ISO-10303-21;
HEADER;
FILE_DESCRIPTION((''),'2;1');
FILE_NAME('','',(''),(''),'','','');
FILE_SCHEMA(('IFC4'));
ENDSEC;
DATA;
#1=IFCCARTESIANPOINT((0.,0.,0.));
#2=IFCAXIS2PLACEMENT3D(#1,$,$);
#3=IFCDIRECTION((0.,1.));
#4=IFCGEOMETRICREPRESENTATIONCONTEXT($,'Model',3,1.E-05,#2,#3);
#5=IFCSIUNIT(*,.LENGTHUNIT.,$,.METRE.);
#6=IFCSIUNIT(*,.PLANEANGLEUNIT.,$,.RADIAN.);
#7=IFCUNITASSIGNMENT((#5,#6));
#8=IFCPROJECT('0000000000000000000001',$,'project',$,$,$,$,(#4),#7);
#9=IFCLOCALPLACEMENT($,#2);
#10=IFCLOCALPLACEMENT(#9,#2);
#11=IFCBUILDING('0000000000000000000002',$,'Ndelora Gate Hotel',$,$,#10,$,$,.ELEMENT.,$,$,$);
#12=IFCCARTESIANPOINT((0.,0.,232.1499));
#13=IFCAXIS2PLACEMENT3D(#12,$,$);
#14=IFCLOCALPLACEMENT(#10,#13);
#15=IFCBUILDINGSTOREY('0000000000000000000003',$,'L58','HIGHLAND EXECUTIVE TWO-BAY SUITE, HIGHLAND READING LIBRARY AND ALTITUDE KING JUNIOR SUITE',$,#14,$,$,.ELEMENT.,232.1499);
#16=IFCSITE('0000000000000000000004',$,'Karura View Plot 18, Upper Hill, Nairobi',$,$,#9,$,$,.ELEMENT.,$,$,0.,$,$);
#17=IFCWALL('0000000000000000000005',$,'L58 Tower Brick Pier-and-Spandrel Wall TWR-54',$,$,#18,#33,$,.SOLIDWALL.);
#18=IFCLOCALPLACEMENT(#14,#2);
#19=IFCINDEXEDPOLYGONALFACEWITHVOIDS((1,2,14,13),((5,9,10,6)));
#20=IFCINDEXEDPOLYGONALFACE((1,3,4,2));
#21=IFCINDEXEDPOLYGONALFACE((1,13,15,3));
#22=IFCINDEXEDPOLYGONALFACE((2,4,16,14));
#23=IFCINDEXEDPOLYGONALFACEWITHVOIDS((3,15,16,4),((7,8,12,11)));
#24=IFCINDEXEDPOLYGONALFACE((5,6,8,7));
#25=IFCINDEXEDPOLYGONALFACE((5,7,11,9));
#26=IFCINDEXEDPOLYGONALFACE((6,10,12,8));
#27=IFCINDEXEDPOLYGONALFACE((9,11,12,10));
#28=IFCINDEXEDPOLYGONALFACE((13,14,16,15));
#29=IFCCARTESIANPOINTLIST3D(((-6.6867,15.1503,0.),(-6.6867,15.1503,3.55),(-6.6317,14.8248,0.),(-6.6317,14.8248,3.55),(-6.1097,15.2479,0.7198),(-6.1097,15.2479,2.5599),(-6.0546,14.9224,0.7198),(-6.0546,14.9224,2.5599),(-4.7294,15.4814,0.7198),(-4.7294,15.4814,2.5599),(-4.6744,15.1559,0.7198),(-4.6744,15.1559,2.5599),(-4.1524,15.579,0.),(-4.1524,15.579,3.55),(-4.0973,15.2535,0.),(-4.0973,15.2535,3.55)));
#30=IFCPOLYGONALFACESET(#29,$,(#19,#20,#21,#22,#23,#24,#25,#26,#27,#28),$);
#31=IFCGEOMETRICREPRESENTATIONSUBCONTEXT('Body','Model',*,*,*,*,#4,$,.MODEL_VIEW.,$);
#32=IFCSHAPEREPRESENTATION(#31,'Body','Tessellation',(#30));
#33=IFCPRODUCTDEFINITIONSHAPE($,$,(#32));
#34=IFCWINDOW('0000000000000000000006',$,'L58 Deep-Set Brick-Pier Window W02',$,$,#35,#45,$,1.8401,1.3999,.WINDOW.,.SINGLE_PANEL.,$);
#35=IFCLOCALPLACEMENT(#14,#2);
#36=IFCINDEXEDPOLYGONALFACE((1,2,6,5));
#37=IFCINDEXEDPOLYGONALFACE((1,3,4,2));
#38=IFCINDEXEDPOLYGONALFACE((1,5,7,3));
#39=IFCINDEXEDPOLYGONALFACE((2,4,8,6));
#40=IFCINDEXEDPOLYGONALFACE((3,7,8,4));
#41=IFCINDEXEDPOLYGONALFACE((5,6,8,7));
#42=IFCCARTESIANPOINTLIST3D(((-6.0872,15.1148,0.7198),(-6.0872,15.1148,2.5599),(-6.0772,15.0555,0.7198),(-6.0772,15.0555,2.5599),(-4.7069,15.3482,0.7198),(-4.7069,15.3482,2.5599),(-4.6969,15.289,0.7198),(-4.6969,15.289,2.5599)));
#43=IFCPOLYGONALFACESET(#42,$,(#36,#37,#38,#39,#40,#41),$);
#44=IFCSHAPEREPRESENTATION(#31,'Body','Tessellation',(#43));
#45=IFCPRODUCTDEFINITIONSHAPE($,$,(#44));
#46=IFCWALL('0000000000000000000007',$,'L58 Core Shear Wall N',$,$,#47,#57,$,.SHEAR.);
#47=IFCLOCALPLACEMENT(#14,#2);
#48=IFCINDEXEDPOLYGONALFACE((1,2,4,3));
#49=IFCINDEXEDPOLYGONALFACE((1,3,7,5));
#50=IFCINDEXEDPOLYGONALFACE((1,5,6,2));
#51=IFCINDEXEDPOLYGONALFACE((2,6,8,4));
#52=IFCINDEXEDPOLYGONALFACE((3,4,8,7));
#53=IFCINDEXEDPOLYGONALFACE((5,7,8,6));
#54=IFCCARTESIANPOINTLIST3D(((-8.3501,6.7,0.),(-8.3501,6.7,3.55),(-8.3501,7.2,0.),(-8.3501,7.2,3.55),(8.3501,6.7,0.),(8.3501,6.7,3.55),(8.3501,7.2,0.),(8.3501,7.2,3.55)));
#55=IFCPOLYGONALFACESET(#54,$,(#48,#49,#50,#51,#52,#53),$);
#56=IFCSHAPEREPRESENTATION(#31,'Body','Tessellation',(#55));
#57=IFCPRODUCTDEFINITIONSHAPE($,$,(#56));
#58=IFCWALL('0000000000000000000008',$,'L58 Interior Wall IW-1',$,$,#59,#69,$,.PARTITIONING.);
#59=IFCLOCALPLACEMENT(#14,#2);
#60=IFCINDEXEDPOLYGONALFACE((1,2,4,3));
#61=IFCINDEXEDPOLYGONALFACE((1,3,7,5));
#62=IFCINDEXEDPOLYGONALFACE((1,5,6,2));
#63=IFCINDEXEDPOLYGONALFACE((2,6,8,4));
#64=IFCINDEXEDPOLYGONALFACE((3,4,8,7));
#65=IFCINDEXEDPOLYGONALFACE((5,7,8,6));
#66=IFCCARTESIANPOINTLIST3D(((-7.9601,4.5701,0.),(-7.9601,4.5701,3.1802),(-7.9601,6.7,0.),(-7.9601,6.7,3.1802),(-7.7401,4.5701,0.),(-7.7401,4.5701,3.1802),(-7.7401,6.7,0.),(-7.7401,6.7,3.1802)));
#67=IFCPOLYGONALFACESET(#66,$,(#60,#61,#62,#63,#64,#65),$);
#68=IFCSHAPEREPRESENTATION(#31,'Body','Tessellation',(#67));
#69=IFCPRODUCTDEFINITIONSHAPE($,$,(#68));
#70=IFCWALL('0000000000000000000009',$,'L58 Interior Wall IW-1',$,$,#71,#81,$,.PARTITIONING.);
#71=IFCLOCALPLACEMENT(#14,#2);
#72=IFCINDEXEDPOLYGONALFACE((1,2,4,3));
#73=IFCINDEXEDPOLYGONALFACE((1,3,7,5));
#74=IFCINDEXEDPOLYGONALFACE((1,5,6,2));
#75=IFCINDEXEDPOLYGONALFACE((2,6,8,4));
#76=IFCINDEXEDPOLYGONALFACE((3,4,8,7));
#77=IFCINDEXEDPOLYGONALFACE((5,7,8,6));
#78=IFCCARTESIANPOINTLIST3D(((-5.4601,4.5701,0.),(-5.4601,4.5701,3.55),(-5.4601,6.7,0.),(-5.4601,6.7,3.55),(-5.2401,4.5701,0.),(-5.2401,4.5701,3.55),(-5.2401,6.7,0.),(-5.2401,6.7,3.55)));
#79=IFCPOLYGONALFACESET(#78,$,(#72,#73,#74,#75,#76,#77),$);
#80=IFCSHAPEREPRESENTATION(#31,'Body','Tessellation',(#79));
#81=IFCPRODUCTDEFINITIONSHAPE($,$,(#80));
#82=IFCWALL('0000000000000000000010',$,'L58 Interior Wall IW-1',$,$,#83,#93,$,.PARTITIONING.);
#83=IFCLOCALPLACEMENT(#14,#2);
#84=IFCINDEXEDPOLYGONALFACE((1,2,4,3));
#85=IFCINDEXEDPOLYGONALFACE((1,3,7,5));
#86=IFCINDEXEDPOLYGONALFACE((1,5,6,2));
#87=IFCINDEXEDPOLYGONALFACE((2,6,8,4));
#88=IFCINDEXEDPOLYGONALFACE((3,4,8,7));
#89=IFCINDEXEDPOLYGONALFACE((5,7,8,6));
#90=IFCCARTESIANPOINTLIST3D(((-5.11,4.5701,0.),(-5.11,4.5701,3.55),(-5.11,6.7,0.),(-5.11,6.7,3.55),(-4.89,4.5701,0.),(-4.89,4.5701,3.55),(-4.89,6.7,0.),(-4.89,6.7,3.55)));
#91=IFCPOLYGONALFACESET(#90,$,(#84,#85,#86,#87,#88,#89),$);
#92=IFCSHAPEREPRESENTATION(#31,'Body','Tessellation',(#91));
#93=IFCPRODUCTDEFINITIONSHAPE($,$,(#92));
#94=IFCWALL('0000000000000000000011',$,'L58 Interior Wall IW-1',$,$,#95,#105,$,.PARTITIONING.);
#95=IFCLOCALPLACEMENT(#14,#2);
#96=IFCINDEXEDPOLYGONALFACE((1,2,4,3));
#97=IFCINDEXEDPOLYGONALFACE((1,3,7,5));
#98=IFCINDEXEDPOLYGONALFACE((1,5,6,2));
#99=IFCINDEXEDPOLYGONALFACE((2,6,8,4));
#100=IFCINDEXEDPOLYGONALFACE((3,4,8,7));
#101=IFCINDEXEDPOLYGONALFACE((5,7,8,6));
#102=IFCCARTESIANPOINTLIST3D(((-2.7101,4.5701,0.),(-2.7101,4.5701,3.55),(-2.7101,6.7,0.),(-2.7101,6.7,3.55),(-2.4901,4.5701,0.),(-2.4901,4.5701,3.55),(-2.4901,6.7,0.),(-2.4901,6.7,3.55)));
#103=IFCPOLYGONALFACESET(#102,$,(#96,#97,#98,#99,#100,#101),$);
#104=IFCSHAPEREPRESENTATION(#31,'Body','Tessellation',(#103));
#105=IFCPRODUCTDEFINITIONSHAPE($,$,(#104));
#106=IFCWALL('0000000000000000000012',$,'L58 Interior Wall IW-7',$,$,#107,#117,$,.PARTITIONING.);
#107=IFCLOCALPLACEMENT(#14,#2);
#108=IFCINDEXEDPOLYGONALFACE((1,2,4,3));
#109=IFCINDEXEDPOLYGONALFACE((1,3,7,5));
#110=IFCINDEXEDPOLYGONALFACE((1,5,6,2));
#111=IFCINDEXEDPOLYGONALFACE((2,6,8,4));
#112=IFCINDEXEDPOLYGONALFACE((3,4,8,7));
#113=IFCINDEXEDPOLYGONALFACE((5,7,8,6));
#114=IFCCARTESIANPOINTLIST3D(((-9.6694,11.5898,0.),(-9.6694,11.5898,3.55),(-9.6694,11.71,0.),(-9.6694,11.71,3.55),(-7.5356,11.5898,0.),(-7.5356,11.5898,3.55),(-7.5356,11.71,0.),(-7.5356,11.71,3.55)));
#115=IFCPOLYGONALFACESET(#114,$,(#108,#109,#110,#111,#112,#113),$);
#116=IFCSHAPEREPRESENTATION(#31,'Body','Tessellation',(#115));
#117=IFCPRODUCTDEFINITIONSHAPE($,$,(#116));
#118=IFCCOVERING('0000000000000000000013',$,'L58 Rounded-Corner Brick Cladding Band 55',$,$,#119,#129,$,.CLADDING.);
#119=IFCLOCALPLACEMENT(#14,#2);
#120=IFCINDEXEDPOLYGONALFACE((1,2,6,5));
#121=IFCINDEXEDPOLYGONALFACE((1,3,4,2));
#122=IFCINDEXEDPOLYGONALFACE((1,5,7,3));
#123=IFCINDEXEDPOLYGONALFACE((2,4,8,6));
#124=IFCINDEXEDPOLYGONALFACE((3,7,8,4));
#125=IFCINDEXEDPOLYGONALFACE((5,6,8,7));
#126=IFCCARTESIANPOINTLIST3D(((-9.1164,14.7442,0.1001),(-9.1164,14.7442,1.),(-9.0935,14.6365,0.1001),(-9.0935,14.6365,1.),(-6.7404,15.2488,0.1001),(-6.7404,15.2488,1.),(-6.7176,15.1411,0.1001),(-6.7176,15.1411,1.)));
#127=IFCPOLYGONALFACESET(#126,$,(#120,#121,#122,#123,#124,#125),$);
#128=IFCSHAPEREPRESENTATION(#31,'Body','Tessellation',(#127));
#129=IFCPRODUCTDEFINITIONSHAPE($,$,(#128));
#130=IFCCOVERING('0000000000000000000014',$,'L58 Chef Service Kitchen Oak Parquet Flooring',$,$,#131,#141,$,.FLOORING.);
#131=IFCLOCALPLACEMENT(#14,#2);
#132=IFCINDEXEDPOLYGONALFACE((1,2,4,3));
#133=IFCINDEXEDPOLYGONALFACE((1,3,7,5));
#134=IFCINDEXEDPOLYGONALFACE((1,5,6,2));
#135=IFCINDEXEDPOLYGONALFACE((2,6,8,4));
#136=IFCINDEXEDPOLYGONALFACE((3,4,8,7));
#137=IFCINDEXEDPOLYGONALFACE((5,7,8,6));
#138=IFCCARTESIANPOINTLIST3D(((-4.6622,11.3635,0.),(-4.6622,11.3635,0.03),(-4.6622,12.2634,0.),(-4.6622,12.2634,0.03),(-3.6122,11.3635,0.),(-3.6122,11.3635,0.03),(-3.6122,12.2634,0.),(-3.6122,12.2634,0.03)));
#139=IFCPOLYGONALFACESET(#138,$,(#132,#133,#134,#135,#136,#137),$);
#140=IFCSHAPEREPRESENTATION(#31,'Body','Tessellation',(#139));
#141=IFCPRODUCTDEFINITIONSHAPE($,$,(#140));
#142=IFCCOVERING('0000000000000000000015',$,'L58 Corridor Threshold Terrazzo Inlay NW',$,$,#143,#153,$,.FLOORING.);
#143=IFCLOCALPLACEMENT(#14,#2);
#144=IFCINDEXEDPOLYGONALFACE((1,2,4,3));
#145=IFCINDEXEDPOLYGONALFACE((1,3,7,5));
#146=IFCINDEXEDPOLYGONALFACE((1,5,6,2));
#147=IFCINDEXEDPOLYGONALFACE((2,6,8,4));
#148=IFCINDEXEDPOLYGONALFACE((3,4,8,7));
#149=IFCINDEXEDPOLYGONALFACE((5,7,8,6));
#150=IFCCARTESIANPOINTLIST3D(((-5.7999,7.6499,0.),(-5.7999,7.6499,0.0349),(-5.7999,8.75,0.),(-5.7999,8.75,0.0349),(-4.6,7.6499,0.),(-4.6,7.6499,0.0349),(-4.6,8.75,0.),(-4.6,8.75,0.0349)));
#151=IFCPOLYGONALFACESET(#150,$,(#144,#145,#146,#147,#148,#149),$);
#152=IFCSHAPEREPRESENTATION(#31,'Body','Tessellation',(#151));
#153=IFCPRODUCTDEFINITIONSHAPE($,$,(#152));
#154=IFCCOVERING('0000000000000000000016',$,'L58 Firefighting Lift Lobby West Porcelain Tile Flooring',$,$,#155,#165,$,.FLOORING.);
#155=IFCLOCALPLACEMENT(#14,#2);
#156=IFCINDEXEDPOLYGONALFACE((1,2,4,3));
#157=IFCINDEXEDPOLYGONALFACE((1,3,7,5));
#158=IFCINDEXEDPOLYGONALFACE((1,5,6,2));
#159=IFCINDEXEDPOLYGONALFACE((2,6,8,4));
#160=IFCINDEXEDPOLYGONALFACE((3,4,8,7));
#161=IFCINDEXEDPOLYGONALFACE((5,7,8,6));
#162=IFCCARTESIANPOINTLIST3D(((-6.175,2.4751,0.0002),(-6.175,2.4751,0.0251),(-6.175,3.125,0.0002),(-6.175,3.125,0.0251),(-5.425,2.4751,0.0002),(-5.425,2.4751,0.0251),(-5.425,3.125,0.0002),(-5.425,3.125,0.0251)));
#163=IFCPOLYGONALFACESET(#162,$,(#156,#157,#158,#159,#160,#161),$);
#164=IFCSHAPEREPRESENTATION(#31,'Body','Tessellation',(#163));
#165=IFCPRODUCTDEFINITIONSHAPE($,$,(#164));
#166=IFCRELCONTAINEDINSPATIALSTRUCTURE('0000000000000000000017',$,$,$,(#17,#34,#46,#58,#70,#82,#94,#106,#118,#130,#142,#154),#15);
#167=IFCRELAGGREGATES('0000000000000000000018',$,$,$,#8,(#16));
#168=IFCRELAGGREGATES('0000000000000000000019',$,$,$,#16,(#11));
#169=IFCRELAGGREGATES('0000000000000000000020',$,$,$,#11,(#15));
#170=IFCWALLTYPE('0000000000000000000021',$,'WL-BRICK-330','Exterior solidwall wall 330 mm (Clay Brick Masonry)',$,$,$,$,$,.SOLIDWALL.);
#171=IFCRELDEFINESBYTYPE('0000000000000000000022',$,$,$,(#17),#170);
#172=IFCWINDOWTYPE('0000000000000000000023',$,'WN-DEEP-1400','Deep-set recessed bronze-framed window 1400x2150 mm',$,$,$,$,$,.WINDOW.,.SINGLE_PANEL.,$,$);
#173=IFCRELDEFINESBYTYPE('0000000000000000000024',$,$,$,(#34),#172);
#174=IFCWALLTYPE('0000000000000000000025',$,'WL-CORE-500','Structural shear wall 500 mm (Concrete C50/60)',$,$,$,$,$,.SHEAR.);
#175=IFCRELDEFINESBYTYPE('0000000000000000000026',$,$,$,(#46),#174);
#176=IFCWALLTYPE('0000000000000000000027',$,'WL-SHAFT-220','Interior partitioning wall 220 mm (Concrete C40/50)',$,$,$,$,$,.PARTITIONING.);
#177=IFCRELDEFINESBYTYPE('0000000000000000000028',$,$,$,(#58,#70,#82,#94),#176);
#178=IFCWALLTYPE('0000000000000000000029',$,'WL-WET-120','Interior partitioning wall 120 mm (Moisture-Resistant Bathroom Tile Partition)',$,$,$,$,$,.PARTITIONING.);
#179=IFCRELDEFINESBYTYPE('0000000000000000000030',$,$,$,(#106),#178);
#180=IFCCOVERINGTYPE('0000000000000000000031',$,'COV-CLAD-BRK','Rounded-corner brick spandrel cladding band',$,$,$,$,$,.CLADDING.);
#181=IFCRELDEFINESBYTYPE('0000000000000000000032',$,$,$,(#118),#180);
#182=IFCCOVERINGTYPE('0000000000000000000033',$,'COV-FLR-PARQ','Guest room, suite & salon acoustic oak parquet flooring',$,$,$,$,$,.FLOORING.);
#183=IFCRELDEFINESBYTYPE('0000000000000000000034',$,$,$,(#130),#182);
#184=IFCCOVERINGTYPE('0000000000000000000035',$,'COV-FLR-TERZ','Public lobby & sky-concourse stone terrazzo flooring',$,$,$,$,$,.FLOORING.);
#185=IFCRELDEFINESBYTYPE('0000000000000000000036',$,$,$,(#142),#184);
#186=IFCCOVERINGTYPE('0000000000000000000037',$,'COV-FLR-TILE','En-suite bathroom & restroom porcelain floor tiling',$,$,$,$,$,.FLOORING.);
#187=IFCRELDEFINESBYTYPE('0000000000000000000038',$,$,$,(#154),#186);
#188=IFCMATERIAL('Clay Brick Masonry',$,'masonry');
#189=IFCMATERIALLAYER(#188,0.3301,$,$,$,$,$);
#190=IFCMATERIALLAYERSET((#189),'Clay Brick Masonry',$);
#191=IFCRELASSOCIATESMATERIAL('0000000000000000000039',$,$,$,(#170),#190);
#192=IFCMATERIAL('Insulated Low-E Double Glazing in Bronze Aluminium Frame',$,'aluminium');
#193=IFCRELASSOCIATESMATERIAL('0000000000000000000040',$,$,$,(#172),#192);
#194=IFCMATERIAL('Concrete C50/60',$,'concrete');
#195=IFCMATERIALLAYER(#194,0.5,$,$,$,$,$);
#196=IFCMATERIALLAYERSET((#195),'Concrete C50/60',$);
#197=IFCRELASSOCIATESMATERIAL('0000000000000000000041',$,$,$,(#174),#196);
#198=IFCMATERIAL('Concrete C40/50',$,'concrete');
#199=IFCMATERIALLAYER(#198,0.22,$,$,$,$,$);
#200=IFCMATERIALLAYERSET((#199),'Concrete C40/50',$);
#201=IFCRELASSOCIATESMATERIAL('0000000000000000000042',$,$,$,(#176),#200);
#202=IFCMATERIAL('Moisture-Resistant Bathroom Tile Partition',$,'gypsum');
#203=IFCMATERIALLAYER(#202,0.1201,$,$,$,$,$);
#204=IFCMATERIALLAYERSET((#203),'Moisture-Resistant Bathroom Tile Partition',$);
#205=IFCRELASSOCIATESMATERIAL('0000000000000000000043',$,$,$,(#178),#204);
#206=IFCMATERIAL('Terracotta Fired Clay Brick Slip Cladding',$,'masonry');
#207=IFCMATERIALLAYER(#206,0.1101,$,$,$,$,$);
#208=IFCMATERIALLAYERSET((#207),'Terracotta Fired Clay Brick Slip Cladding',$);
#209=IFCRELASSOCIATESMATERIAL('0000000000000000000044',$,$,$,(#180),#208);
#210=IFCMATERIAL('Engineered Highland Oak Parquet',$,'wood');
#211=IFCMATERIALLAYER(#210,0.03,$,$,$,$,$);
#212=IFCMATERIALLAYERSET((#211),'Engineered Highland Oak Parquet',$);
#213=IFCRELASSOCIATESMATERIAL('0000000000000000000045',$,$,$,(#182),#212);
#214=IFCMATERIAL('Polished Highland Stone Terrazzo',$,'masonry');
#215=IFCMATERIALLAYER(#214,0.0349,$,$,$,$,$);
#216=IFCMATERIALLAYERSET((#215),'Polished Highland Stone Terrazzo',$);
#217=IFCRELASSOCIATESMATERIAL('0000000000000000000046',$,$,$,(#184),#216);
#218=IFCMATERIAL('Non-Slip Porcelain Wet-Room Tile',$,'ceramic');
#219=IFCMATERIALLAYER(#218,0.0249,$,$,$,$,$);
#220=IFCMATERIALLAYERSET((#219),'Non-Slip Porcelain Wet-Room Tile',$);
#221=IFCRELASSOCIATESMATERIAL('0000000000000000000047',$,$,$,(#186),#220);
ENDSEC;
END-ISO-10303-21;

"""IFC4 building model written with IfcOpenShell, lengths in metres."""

from ifc_helpers import new_model, si_unit, direction, frame, frame_2d, origin, origin_2d, place, context, subcontext, project, spatial, rectangle, extrude, material, layer, layer_set, type_object, element, fill, save


model = new_model("IFC4")

# Units and contexts
model_context = context("Model", 3, precision=1e-05, world=origin(), true_north=direction((0.0, 1.0)))
body_context = subcontext(model_context, "Body", "Model", "MODEL_VIEW")
ifc_project = project(units=[si_unit("LENGTHUNIT", "METRE"), si_unit("PLANEANGLEUNIT", "RADIAN")], contexts=[model_context])

# Site, building, storey
site_placement = place(None, origin())
site = spatial("IfcSite", under=ifc_project, at=site_placement, Name="Karura View Plot 18, Upper Hill, Nairobi", CompositionType="ELEMENT", RefElevation=0.0)
building_placement = place(site_placement, origin())
building = spatial("IfcBuilding", under=site, at=building_placement, Name="Ndelora Gate Hotel", CompositionType="ELEMENT")
storey_placement = place(building_placement, frame((0.0, 0.0, 232.1499)))
storey = spatial("IfcBuildingStorey", under=building, at=storey_placement, Name="L58", Description="HIGHLAND EXECUTIVE TWO-BAY SUITE, HIGHLAND READING LIBRARY AND ALTITUDE KING JUNIOR SUITE", CompositionType="ELEMENT", Elevation=232.1499)

# Shared definitions
ifc_material_1 = material(Name="Concrete C50/60", Category="concrete")

# Wall, opening, window
ifc_material_2 = material(Name="Clay Brick Masonry", Category="masonry")
ifc_layer_1 = layer(ifc_material_2, 0.3301)
ifc_layer_set_1 = layer_set([ifc_layer_1], Name="Clay Brick Masonry")
wall_type_1 = type_object("IfcWallType", Name="WL-BRICK-330", Description="Exterior solidwall wall 330 mm (Clay Brick Masonry)", PredefinedType="SOLIDWALL", material=ifc_layer_set_1)
ifc_material_3 = material(Name="Insulated Low-E Double Glazing in Bronze Aluminium Frame", Category="aluminium")
window_type = type_object("IfcWindowType", Name="WN-DEEP-1400", Description="Deep-set recessed bronze-framed window 1400x2150 mm", PartitioningType="SINGLE_PANEL", PredefinedType="WINDOW", material=ifc_material_3)
wall_1_placement = place(storey_placement, frame((-6.6592, 14.9875, 0.0), z_axis=(0.0, 0.0, 1.0), x_axis=(0.985993, 0.166786, 0.0)))
wall_1 = element("IfcWall", 1, at=wall_1_placement, inside=storey, type_object=wall_type_1, Name="L58 Tower Brick Pier-and-Spandrel Wall TWR-54", PredefinedType="SOLIDWALL", context=body_context, shape_type="SweptSolid", body=[
    extrude(rectangle(XDim=2.5703, YDim=0.3301, at=frame_2d((1.2852, 0.0))), origin(), (0.0, 0.0, 1.0), 3.55),
])
opening_1_placement = place(wall_1_placement, frame((0.5852, 0.0, 0.72)))
opening_1 = element("IfcOpeningElement", 2, at=opening_1_placement, cuts=wall_1, PredefinedType="OPENING", context=body_context, shape_type="SweptSolid", body=[
    extrude(rectangle(XDim=1.3999, YDim=1.8401, at=frame_2d((0.7, 0.9199))), frame((0.0, 0.175, 0.0), z_axis=(0.0, -1.0, 0.0), x_axis=(1.0, 0.0, 0.0)), (0.0, 0.0, 1.0), 0.3501),
])
window_1_placement = place(opening_1_placement, origin())
window_1 = element("IfcWindow", 3, at=window_1_placement, inside=storey, type_object=window_type, Name="L58 Deep-Set Brick-Pier Window W02", OverallHeight=1.8401, OverallWidth=1.3999, PartitioningType="SINGLE_PANEL", PredefinedType="WINDOW", context=body_context, shape_type="SweptSolid", body=[
    extrude(rectangle(XDim=1.3999, YDim=1.8401, at=frame_2d((0.7, 0.9199))), frame((0.0, 0.03, 0.0), z_axis=(0.0, -1.0, 0.0), x_axis=(1.0, 0.0, 0.0)), (0.0, 0.0, 1.0), 0.0601),
])
fill(opening_1, window_1)

# Wall
ifc_layer_2 = layer(ifc_material_1, 0.5)
ifc_layer_set_2 = layer_set([ifc_layer_2], Name="Concrete C50/60")
wall_type_2 = type_object("IfcWallType", Name="WL-CORE-500", Description="Structural shear wall 500 mm (Concrete C50/60)", PredefinedType="SHEAR", material=ifc_layer_set_2)
wall_2_placement = place(storey_placement, frame((-8.3501, 6.95, 0.0), z_axis=(0.0, 0.0, 1.0), x_axis=(1.0, 0.0, 0.0)))
element("IfcWall", 4, at=wall_2_placement, inside=storey, type_object=wall_type_2, Name="L58 Core Shear Wall N", PredefinedType="SHEAR", context=body_context, shape_type="SweptSolid", body=[
    extrude(rectangle(XDim=16.7002, YDim=0.5, at=frame_2d((8.3501, 0.0))), origin(), (0.0, 0.0, 1.0), 3.55),
])

# Shared definitions
ifc_material_4 = material(Name="Concrete C40/50", Category="concrete")
ifc_layer_3 = layer(ifc_material_4, 0.22)
ifc_layer_set_3 = layer_set([ifc_layer_3], Name="Concrete C40/50")
wall_type_3 = type_object("IfcWallType", Name="WL-SHAFT-220", Description="Interior partitioning wall 220 mm (Concrete C40/50)", PredefinedType="PARTITIONING", material=ifc_layer_set_3)

# Walls
wall_3_placement = place(storey_placement, frame((-7.8501, 4.5701, 0.0), z_axis=(0.0, 0.0, 1.0), x_axis=(0.0, 1.0, 0.0)))
element("IfcWall", 5, at=wall_3_placement, inside=storey, type_object=wall_type_3, Name="L58 Interior Wall IW-1", PredefinedType="PARTITIONING", context=body_context, shape_type="SweptSolid", body=[
    extrude(rectangle(XDim=2.1299, YDim=0.22, at=frame_2d((1.0649, 0.0))), origin(), (0.0, 0.0, 1.0), 3.1802),
])
wall_4_placement = place(storey_placement, frame((-5.3501, 4.5701, 0.0), z_axis=(0.0, 0.0, 1.0), x_axis=(0.0, 1.0, 0.0)))
element("IfcWall", 6, at=wall_4_placement, inside=storey, type_object=wall_type_3, Name="L58 Interior Wall IW-1", PredefinedType="PARTITIONING", context=body_context, shape_type="SweptSolid", body=[
    extrude(rectangle(XDim=2.1299, YDim=0.22, at=frame_2d((1.0649, 0.0))), origin(), (0.0, 0.0, 1.0), 3.55),
])

# Walls
for number, where, z_axis, x_axis, name in (
    (7, (-5.0, 4.5701, 0.0), (0.0, 0.0, 1.0), (0.0, 1.0, 0.0), "L58 Interior Wall IW-1"),
    (8, (-2.6001, 4.5701, 0.0), (0.0, 0.0, 1.0), (0.0, 1.0, 0.0), "L58 Interior Wall IW-1"),
):
    element("IfcWall", number, at=place(storey_placement, frame(where, z_axis=z_axis, x_axis=x_axis)), inside=storey, type_object=wall_type_3, Name=name, PredefinedType="PARTITIONING", context=body_context, shape_type="SweptSolid", body=[
        extrude(rectangle(XDim=2.1299, YDim=0.22, at=frame_2d((1.0649, 0.0))), origin(), (0.0, 0.0, 1.0), 3.55),
    ])

# Wall
ifc_material_5 = material(Name="Moisture-Resistant Bathroom Tile Partition", Category="gypsum")
ifc_layer_4 = layer(ifc_material_5, 0.1201)
ifc_layer_set_4 = layer_set([ifc_layer_4], Name="Moisture-Resistant Bathroom Tile Partition")
wall_type_4 = type_object("IfcWallType", Name="WL-WET-120", Description="Interior partitioning wall 120 mm (Moisture-Resistant Bathroom Tile Partition)", PredefinedType="PARTITIONING", material=ifc_layer_set_4)
wall_5_placement = place(storey_placement, frame((-7.5356, 11.6499, 0.0), z_axis=(0.0, 0.0, 1.0), x_axis=(-1.0, 0.0, 0.0)))
element("IfcWall", 9, at=wall_5_placement, inside=storey, type_object=wall_type_4, Name="L58 Interior Wall IW-7", PredefinedType="PARTITIONING", context=body_context, shape_type="SweptSolid", body=[
    extrude(rectangle(XDim=2.1338, YDim=0.1201, at=frame_2d((1.0669, 0.0))), origin(), (0.0, 0.0, 1.0), 3.55),
])

# Coverings
ifc_material_6 = material(Name="Terracotta Fired Clay Brick Slip Cladding", Category="masonry")
ifc_layer_5 = layer(ifc_material_6, 0.1101)
ifc_layer_set_5 = layer_set([ifc_layer_5], Name="Terracotta Fired Clay Brick Slip Cladding")
covering_type_1 = type_object("IfcCoveringType", Name="COV-CLAD-BRK", Description="Rounded-corner brick spandrel cladding band", PredefinedType="CLADDING", material=ifc_layer_set_5)
covering_1_placement = place(storey_placement, frame((-7.917, 14.9426, 0.1001), z_axis=(0.0, 0.0, 1.0), x_axis=(0.978184, 0.207741, 0.0)))
element("IfcCovering", 10, at=covering_1_placement, inside=storey, type_object=covering_type_1, Name="L58 Rounded-Corner Brick Cladding Band 55", PredefinedType="CLADDING", context=body_context, shape_type="SweptSolid", body=[
    extrude(rectangle(XDim=2.429, YDim=0.1101, at=origin_2d()), origin(), (0.0, 0.0, 1.0), 0.8999),
])
ifc_material_7 = material(Name="Engineered Highland Oak Parquet", Category="wood")
ifc_layer_6 = layer(ifc_material_7, 0.03)
ifc_layer_set_6 = layer_set([ifc_layer_6], Name="Engineered Highland Oak Parquet")
covering_type_2 = type_object("IfcCoveringType", Name="COV-FLR-PARQ", Description="Guest room, suite & salon acoustic oak parquet flooring", PredefinedType="FLOORING", material=ifc_layer_set_6)
covering_2_placement = place(storey_placement, frame((-4.1372, 11.8135, 0.0), z_axis=(0.0, 0.0, 1.0), x_axis=(1.0, 0.0, 0.0)))
element("IfcCovering", 11, at=covering_2_placement, inside=storey, type_object=covering_type_2, Name="L58 Chef Service Kitchen Oak Parquet Flooring", PredefinedType="FLOORING", context=body_context, shape_type="SweptSolid", body=[
    extrude(rectangle(XDim=1.05, YDim=0.8999, at=origin_2d()), origin(), (0.0, 0.0, 1.0), 0.03),
])
ifc_material_8 = material(Name="Polished Highland Stone Terrazzo", Category="masonry")
ifc_layer_7 = layer(ifc_material_8, 0.0349)
ifc_layer_set_7 = layer_set([ifc_layer_7], Name="Polished Highland Stone Terrazzo")
covering_type_3 = type_object("IfcCoveringType", Name="COV-FLR-TERZ", Description="Public lobby & sky-concourse stone terrazzo flooring", PredefinedType="FLOORING", material=ifc_layer_set_7)
covering_3_placement = place(storey_placement, frame((-5.2, 8.2, 0.0), z_axis=(0.0, 0.0, 1.0), x_axis=(1.0, 0.0, 0.0)))
element("IfcCovering", 12, at=covering_3_placement, inside=storey, type_object=covering_type_3, Name="L58 Corridor Threshold Terrazzo Inlay NW", PredefinedType="FLOORING", context=body_context, shape_type="SweptSolid", body=[
    extrude(rectangle(XDim=1.2, YDim=1.1001, at=origin_2d()), origin(), (0.0, 0.0, 1.0), 0.0349),
])
ifc_material_9 = material(Name="Non-Slip Porcelain Wet-Room Tile", Category="ceramic")
ifc_layer_8 = layer(ifc_material_9, 0.0249)
ifc_layer_set_8 = layer_set([ifc_layer_8], Name="Non-Slip Porcelain Wet-Room Tile")
covering_type_4 = type_object("IfcCoveringType", Name="COV-FLR-TILE", Description="En-suite bathroom & restroom porcelain floor tiling", PredefinedType="FLOORING", material=ifc_layer_set_8)
covering_4_placement = place(storey_placement, frame((-5.8, 2.8, 0.0002), z_axis=(0.0, 0.0, 1.0), x_axis=(1.0, 0.0, 0.0)))
element("IfcCovering", 13, at=covering_4_placement, inside=storey, type_object=covering_type_4, Name="L58 Firefighting Lift Lobby West Porcelain Tile Flooring", PredefinedType="FLOORING", context=body_context, shape_type="SweptSolid", body=[
    extrude(rectangle(XDim=0.75, YDim=0.6499, at=origin_2d()), origin(), (0.0, 0.0, 1.0), 0.0249),
])

save(model, "model.ifc")
